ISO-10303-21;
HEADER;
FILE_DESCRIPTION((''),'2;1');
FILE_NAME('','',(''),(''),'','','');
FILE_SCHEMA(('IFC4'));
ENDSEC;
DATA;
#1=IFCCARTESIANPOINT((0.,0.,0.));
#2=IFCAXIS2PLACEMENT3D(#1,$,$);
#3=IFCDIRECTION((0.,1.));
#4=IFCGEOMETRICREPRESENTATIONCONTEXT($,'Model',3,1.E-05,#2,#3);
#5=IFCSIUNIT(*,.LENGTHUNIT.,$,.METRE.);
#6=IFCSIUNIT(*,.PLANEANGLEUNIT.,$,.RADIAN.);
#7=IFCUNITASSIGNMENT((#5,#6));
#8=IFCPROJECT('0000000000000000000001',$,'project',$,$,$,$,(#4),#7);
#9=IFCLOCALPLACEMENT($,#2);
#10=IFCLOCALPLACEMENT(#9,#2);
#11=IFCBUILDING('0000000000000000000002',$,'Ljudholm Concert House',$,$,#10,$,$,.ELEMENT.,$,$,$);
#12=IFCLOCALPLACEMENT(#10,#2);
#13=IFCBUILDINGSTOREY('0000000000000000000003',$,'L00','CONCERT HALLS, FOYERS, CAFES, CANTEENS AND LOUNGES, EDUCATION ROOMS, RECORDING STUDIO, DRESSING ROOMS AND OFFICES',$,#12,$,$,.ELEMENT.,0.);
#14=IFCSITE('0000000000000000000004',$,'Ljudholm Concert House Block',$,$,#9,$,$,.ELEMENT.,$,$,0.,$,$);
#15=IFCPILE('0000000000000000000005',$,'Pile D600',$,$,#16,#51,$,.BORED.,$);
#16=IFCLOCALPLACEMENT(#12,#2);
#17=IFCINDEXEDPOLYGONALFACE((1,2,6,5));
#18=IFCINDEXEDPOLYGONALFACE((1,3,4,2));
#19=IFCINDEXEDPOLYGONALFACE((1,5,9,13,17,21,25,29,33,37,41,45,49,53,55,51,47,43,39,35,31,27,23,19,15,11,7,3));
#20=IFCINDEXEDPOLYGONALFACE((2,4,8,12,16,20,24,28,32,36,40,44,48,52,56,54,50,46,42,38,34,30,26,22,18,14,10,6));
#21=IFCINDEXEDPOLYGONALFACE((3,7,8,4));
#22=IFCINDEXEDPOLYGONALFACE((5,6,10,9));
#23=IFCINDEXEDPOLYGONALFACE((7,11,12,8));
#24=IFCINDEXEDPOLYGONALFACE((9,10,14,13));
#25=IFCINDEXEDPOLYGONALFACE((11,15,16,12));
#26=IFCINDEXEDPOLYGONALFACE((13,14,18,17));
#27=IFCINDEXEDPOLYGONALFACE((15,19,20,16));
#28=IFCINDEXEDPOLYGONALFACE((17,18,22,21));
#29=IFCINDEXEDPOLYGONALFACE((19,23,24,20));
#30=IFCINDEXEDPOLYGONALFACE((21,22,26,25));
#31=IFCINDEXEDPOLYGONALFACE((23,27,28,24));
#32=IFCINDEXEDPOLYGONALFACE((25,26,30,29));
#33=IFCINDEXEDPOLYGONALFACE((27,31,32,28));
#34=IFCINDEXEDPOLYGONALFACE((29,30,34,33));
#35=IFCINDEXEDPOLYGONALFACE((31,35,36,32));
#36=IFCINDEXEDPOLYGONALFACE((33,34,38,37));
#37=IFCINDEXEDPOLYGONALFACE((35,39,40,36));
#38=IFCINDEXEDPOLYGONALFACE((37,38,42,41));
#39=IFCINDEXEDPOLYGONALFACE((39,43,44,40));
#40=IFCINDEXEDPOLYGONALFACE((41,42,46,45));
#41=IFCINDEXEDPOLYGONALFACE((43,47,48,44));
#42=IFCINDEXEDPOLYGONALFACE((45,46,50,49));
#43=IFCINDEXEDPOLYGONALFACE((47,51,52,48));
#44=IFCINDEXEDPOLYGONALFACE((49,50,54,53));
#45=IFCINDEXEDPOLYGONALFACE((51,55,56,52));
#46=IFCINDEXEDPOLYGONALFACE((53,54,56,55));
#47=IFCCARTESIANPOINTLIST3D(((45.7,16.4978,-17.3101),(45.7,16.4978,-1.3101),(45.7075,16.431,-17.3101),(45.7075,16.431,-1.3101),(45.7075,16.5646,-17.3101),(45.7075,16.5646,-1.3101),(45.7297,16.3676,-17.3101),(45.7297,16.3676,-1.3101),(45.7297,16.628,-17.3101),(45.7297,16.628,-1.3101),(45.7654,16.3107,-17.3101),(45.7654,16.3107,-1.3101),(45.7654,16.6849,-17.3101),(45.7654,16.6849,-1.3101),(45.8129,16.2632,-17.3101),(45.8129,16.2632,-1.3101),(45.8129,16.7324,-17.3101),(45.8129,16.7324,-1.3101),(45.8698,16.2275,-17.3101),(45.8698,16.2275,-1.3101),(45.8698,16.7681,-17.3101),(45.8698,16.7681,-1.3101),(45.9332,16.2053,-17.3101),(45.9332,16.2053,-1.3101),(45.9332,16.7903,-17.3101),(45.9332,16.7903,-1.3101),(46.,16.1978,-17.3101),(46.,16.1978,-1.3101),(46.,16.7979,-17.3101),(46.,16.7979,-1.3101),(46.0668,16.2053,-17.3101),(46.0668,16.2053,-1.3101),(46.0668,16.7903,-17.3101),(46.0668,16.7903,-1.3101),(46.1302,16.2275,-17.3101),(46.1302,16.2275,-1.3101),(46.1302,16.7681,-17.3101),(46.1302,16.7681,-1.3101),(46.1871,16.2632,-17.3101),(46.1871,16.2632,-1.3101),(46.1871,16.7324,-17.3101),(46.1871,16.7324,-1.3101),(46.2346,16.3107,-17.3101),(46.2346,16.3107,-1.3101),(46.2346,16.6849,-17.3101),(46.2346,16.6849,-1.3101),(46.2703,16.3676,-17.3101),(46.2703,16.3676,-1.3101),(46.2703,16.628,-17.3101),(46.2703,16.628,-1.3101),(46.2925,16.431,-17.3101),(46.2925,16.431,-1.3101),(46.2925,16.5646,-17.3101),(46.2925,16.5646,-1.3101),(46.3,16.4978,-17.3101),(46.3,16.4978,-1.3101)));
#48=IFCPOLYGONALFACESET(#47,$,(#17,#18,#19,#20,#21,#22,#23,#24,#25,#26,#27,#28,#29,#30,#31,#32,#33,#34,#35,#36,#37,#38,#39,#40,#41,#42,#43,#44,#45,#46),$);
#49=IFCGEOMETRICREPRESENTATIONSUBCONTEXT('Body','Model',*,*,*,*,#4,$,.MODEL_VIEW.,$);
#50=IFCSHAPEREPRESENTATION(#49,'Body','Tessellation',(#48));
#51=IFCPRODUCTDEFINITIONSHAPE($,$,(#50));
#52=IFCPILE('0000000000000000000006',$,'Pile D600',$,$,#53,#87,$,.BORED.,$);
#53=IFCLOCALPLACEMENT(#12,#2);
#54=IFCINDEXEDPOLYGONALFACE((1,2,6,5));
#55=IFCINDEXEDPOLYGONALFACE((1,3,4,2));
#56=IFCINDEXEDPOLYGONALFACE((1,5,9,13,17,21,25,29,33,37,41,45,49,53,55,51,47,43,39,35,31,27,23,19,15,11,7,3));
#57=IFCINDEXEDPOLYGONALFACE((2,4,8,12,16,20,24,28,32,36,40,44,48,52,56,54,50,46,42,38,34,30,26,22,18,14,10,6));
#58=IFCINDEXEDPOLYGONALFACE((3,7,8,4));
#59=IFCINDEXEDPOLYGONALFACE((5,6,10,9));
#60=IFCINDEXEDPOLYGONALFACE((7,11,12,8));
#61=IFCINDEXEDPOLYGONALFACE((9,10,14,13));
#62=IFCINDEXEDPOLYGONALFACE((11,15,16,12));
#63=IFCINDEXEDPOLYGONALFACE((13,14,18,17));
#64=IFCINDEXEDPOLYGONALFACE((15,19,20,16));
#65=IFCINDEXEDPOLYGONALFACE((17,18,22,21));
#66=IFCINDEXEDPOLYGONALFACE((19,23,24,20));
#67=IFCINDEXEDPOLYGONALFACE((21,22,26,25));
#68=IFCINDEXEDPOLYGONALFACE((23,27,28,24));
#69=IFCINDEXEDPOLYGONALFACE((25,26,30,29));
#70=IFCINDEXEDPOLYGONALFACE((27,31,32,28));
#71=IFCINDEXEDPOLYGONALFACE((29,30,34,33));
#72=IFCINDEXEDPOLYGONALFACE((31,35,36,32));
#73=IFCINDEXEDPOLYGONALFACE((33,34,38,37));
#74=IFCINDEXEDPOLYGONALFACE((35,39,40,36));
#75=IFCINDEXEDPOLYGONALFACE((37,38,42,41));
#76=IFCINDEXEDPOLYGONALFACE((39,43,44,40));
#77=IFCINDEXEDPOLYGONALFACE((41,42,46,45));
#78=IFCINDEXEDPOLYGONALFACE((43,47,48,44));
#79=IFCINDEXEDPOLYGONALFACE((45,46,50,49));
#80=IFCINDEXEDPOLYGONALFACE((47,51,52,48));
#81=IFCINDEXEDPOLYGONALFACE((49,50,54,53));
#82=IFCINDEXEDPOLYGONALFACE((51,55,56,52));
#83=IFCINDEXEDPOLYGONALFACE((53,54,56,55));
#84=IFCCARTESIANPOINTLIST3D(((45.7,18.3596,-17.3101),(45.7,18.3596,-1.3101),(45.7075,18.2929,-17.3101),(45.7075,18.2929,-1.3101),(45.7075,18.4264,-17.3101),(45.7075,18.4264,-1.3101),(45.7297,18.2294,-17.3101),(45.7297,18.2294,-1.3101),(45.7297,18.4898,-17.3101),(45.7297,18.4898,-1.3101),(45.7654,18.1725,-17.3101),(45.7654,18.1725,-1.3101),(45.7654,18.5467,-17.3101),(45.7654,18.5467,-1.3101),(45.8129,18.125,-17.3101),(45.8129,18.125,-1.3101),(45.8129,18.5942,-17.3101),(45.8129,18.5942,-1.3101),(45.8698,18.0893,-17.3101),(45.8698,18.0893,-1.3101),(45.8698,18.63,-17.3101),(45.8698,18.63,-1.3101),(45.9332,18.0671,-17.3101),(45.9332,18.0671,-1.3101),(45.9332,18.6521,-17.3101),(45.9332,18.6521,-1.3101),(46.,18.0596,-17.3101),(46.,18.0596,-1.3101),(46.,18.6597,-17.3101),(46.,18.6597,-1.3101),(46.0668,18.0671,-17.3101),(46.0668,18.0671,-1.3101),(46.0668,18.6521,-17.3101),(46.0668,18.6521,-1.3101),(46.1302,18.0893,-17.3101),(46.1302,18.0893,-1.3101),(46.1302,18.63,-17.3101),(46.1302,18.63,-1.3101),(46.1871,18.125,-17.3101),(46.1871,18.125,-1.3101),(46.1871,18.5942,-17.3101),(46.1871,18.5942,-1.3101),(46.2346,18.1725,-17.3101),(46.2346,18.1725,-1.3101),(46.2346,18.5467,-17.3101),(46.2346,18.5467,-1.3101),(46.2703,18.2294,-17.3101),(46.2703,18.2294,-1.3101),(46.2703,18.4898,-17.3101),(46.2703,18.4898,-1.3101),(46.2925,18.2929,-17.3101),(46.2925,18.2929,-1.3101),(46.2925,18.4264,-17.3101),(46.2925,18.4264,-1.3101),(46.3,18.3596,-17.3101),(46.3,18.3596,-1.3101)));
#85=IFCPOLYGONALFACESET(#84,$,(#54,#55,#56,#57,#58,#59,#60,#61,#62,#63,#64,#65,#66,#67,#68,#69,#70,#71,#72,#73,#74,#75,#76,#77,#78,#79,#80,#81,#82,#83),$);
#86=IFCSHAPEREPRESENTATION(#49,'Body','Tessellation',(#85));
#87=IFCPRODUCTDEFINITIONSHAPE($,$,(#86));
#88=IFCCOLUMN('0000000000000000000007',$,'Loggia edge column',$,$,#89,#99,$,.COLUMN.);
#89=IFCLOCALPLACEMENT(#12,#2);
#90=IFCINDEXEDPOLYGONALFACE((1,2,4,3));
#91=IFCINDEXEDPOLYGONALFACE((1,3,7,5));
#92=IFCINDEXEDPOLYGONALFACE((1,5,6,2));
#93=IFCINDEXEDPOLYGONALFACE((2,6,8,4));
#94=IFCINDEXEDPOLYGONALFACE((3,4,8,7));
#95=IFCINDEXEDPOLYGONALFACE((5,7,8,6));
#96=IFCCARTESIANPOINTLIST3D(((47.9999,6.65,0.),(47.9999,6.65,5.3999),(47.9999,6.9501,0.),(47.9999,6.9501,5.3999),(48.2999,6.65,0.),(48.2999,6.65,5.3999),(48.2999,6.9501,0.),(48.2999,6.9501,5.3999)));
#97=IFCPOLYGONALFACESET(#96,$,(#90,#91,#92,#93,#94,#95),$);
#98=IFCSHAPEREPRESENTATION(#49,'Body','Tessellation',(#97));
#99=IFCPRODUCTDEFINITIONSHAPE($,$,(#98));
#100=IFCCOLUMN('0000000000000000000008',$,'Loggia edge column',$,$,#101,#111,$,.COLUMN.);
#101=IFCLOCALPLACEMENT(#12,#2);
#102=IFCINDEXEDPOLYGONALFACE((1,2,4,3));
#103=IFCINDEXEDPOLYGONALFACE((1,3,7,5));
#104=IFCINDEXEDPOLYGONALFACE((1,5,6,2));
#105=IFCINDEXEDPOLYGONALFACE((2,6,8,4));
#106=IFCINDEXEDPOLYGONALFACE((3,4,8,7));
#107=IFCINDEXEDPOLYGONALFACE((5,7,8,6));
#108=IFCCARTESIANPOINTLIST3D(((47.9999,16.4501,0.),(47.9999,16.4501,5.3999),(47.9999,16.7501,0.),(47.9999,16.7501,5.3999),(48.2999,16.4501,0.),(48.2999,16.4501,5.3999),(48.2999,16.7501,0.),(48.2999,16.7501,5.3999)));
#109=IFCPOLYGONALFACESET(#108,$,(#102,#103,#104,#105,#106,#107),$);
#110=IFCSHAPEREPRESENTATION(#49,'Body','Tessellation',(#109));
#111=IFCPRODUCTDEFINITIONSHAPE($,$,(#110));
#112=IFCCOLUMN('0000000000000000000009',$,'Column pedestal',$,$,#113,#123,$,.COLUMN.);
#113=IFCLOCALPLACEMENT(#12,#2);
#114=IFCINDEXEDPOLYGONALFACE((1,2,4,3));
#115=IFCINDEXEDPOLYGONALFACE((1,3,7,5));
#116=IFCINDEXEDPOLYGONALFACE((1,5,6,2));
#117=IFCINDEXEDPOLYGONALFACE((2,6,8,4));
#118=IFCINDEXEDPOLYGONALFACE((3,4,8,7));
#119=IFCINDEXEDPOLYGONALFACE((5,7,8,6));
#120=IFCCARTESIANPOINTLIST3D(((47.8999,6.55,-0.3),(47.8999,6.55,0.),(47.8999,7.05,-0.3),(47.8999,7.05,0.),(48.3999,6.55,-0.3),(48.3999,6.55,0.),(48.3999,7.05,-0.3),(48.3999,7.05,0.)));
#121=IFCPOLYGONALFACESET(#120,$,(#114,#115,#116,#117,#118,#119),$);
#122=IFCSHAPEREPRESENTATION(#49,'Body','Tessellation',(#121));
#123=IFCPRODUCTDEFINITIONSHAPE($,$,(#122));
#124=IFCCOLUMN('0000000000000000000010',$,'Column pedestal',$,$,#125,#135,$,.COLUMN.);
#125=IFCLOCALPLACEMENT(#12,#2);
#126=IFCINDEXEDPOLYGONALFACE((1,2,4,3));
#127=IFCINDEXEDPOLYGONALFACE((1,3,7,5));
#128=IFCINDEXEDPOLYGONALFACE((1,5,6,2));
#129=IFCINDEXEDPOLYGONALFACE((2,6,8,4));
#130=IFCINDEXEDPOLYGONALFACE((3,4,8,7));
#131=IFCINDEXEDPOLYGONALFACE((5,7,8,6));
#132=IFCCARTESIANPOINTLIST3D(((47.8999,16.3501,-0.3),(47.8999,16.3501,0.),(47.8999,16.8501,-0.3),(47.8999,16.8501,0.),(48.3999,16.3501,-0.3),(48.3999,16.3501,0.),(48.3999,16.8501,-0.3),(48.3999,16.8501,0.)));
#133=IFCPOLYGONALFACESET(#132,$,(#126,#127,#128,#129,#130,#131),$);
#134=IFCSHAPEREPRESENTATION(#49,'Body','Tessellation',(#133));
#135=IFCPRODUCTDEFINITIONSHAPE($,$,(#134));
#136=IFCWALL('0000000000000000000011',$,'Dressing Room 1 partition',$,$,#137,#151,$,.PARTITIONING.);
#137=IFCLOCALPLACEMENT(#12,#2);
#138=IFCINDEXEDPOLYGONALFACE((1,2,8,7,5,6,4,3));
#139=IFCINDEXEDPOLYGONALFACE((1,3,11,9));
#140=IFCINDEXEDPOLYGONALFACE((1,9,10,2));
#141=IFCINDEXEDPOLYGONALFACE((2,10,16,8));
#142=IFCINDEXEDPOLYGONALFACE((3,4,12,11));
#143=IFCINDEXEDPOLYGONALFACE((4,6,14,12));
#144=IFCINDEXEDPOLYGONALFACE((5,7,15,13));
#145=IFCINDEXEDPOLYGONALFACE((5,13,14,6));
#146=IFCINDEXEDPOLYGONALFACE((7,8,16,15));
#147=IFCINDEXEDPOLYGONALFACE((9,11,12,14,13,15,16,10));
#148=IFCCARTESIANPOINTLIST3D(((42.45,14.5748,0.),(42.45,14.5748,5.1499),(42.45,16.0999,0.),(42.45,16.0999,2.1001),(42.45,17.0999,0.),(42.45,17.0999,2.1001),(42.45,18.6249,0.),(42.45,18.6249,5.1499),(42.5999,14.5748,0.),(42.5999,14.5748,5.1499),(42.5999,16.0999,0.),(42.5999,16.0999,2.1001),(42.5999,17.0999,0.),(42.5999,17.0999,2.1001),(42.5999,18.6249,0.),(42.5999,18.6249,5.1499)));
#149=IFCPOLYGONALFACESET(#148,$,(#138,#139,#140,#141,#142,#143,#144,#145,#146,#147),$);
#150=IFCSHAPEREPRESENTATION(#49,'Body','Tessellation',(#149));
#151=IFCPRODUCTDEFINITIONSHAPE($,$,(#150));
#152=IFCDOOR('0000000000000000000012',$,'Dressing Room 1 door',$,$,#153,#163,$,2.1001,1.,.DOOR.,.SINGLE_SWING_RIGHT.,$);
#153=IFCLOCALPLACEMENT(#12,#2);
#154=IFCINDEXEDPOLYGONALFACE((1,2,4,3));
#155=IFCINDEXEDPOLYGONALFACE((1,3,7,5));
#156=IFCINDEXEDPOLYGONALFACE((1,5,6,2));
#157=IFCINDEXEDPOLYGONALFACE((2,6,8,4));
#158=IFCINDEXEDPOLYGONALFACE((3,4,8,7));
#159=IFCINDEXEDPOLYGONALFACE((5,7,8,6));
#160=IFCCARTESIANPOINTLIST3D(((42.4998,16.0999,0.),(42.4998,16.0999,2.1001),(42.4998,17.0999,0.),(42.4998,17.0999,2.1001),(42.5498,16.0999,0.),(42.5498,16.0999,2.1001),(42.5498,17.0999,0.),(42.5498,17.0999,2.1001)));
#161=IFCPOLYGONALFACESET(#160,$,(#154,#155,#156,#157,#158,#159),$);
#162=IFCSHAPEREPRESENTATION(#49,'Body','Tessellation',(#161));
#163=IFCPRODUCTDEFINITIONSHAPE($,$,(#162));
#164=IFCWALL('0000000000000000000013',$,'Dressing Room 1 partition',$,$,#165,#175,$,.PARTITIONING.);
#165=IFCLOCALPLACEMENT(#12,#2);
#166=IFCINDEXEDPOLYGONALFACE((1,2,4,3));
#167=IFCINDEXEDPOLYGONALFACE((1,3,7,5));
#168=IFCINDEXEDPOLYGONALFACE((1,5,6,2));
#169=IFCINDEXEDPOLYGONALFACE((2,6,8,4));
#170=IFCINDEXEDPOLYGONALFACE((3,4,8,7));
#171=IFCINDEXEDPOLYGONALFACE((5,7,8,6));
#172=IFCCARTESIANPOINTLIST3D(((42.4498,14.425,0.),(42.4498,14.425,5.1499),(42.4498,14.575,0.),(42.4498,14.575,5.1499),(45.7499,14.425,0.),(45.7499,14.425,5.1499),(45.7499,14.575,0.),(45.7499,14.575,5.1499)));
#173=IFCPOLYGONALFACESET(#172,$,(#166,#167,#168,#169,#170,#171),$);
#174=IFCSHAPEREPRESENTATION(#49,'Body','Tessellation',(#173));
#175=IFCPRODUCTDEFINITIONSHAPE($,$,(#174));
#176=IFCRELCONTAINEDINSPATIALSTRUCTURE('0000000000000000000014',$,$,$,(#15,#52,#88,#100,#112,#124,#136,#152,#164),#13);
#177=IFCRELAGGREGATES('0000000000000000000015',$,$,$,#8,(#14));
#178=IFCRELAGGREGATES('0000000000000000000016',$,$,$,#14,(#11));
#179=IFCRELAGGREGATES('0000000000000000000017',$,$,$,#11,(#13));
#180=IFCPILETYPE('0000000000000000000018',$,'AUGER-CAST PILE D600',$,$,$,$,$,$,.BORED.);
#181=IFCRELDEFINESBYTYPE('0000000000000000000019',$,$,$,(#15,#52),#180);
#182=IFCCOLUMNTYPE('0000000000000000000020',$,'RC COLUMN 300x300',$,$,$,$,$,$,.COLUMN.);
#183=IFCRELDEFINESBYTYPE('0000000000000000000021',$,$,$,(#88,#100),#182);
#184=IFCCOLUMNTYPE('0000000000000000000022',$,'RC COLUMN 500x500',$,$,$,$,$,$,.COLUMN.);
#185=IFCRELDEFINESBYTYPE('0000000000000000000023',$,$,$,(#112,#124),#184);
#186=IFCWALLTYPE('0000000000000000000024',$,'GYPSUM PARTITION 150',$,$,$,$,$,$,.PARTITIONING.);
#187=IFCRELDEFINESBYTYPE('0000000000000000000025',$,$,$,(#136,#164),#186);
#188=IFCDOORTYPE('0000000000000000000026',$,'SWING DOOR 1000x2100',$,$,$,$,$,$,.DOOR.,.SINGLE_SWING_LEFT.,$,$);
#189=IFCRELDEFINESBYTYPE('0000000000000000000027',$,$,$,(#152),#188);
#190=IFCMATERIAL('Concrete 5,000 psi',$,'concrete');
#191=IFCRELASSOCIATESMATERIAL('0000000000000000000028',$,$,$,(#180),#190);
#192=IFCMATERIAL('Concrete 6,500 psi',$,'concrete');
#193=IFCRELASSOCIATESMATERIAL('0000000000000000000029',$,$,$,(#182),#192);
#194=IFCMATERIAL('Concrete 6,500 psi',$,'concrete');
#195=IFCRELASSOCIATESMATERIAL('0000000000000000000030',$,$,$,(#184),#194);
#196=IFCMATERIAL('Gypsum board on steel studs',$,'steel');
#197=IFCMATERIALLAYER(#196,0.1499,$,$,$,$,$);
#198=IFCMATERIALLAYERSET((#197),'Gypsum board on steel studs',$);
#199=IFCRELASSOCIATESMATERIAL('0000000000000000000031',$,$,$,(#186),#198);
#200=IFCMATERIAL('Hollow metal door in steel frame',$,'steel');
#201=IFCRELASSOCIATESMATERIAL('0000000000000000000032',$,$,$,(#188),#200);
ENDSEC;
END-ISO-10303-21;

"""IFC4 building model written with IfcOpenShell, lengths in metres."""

from ifc_helpers import new_model, si_unit, direction, frame, frame_2d, origin, origin_2d, place, context, subcontext, project, spatial, rectangle, circle, extrude, material, layer, layer_set, material_profile, profile_set, type_object, element, fill, save


model = new_model("IFC4")

# Units and contexts
model_context = context("Model", 3, precision=1e-05, world=origin(), true_north=direction((0.0, 1.0)))
body_context = subcontext(model_context, "Body", "Model", "MODEL_VIEW")
ifc_project = project(units=[si_unit("LENGTHUNIT", "METRE"), si_unit("PLANEANGLEUNIT", "RADIAN")], contexts=[model_context])

# Site, building, storey
site_placement = place(None, origin())
site = spatial("IfcSite", under=ifc_project, at=site_placement, Name="Ljudholm Concert House Block", CompositionType="ELEMENT", RefElevation=0.0)
building_placement = place(site_placement, origin())
building = spatial("IfcBuilding", under=site, at=building_placement, Name="Ljudholm Concert House", CompositionType="ELEMENT")
storey_placement = place(building_placement, origin())
storey = spatial("IfcBuildingStorey", under=building, at=storey_placement, Name="L00", Description="CONCERT HALLS, FOYERS, CAFES, CANTEENS AND LOUNGES, EDUCATION ROOMS, RECORDING STUDIO, DRESSING ROOMS AND OFFICES", CompositionType="ELEMENT", Elevation=0.0)

# Piles
ifc_material_1 = material(Name="Concrete 5,000 psi", Category="concrete")
ifc_material_profile_1 = material_profile(ifc_material_1, circle(Radius=0.3, at=origin_2d()), Name="AUGER-CAST PILE D600")
ifc_profile_set_1 = profile_set([ifc_material_profile_1], Name="Concrete 5,000 psi")
pile_type = type_object("IfcPileType", Name="AUGER-CAST PILE D600", PredefinedType="BORED", material=ifc_profile_set_1)
for number, where, z_axis, x_axis, name in (
    (1, (46.0, 16.4978, -1.3101), (0.0, 0.0, -1.0), (1.0, 0.0, 0.0), "Pile D600"),
    (2, (46.0, 18.3596, -1.3101), (0.0, 0.0, -1.0), (1.0, 0.0, 0.0), "Pile D600"),
):
    element("IfcPile", number, at=place(storey_placement, frame(where, z_axis=z_axis, x_axis=x_axis)), inside=storey, type_object=pile_type, Name=name, PredefinedType="BORED", context=body_context, shape_type="SweptSolid", body=[
        extrude(circle(Radius=0.3, at=origin_2d()), origin(), (0.0, 0.0, 1.0), 16.0),
    ])

# Columns
ifc_material_2 = material(Name="Concrete 6,500 psi", Category="concrete")
ifc_material_profile_2 = material_profile(ifc_material_2, rectangle(XDim=0.3, YDim=0.3, at=origin_2d()), Name="RC COLUMN 300x300")
ifc_profile_set_2 = profile_set([ifc_material_profile_2], Name="Concrete 6,500 psi")
column_type_1 = type_object("IfcColumnType", Name="RC COLUMN 300x300", PredefinedType="COLUMN", material=ifc_profile_set_2)
for number, where, z_axis, x_axis, name in (
    (3, (48.1499, 6.8, 0.0), (0.0, 0.0, 1.0), (1.0, 0.0, 0.0), "Loggia edge column"),
    (4, (48.1499, 16.6001, 0.0), (0.0, 0.0, 1.0), (1.0, 0.0, 0.0), "Loggia edge column"),
):
    element("IfcColumn", number, at=place(storey_placement, frame(where, z_axis=z_axis, x_axis=x_axis)), inside=storey, type_object=column_type_1, Name=name, PredefinedType="COLUMN", context=body_context, shape_type="SweptSolid", body=[
        extrude(rectangle(XDim=0.3, YDim=0.3, at=origin_2d()), origin(), (0.0, 0.0, 1.0), 5.3999),
    ])
ifc_material_3 = material(Name="Concrete 6,500 psi", Category="concrete")
ifc_material_profile_3 = material_profile(ifc_material_3, rectangle(XDim=0.5, YDim=0.5, at=origin_2d()), Name="RC COLUMN 500x500")
ifc_profile_set_3 = profile_set([ifc_material_profile_3], Name="Concrete 6,500 psi")
column_type_2 = type_object("IfcColumnType", Name="RC COLUMN 500x500", PredefinedType="COLUMN", material=ifc_profile_set_3)
for number, where, z_axis, x_axis, name in (
    (5, (48.1499, 6.8, -0.3), (0.0, 0.0, 1.0), (1.0, 0.0, 0.0), "Column pedestal"),
    (6, (48.1499, 16.6001, -0.3), (0.0, 0.0, 1.0), (1.0, 0.0, 0.0), "Column pedestal"),
):
    element("IfcColumn", number, at=place(storey_placement, frame(where, z_axis=z_axis, x_axis=x_axis)), inside=storey, type_object=column_type_2, Name=name, PredefinedType="COLUMN", context=body_context, shape_type="SweptSolid", body=[
        extrude(rectangle(XDim=0.5, YDim=0.5, at=origin_2d()), origin(), (0.0, 0.0, 1.0), 0.3),
    ])

# Wall, opening, door
ifc_material_4 = material(Name="Gypsum board on steel studs", Category="steel")
ifc_layer_1 = layer(ifc_material_4, 0.1499)
ifc_layer_set_1 = layer_set([ifc_layer_1], Name="Gypsum board on steel studs")
wall_type_1 = type_object("IfcWallType", Name="GYPSUM PARTITION 150", PredefinedType="PARTITIONING", material=ifc_layer_set_1)
wall_1_placement = place(storey_placement, frame((42.5249, 14.575, 0.0), z_axis=(0.0, 0.0, 1.0), x_axis=(0.0, 1.0, 0.0)))
wall_1 = element("IfcWall", 7, at=wall_1_placement, inside=storey, type_object=wall_type_1, Name="Dressing Room 1 partition", PredefinedType="PARTITIONING", context=body_context, shape_type="SweptSolid", body=[
    extrude(rectangle(XDim=4.05, YDim=0.1499, at=frame_2d((2.0249, 0.0))), origin(), (0.0, 0.0, 1.0), 5.1499),
])
opening_1_placement = place(wall_1_placement, frame((1.5249, 0.0, 0.0)))
opening_1 = element("IfcOpeningElement", 8, at=opening_1_placement, cuts=wall_1, PredefinedType="OPENING", context=body_context, shape_type="SweptSolid", body=[
    extrude(rectangle(XDim=1.0, YDim=2.1001, at=frame_2d((0.5, 1.05))), frame((0.0, 0.085, 0.0), z_axis=(0.0, -1.0, 0.0), x_axis=(1.0, 0.0, 0.0)), (0.0, 0.0, 1.0), 0.1699),
])
ifc_material_5 = material(Name="Hollow metal door in steel frame", Category="steel")
door_type_1 = type_object("IfcDoorType", Name="SWING DOOR 1000x2100", OperationType="SINGLE_SWING_LEFT", PredefinedType="DOOR", material=ifc_material_5)
door_1_placement = place(opening_1_placement, frame((1.0, 0.0, 0.0), z_axis=(0.0, 0.0, 1.0), x_axis=(-1.0, 0.0, 0.0)))
door_1 = element("IfcDoor", 9, at=door_1_placement, inside=storey, type_object=door_type_1, Name="Dressing Room 1 door", OperationType="SINGLE_SWING_RIGHT", OverallHeight=2.1001, OverallWidth=1.0, PredefinedType="DOOR", context=body_context, shape_type="SweptSolid", body=[
    extrude(rectangle(XDim=1.0, YDim=2.1001, at=frame_2d((0.5, 1.05))), frame((0.0, 0.0249, 0.0), z_axis=(0.0, -1.0, 0.0), x_axis=(1.0, 0.0, 0.0)), (0.0, 0.0, 1.0), 0.05),
])
fill(opening_1, door_1)

# Wall
wall_2_placement = place(storey_placement, frame((42.45, 14.5, 0.0), z_axis=(0.0, 0.0, 1.0), x_axis=(1.0, 0.0, 0.0)))
element("IfcWall", 10, at=wall_2_placement, inside=storey, type_object=wall_type_1, Name="Dressing Room 1 partition", PredefinedType="PARTITIONING", context=body_context, shape_type="SweptSolid", body=[
    extrude(rectangle(XDim=3.3, YDim=0.1499, at=frame_2d((1.6499, 0.0))), origin(), (0.0, 0.0, 1.0), 5.1499),
])

save(model, "model.ifc")
